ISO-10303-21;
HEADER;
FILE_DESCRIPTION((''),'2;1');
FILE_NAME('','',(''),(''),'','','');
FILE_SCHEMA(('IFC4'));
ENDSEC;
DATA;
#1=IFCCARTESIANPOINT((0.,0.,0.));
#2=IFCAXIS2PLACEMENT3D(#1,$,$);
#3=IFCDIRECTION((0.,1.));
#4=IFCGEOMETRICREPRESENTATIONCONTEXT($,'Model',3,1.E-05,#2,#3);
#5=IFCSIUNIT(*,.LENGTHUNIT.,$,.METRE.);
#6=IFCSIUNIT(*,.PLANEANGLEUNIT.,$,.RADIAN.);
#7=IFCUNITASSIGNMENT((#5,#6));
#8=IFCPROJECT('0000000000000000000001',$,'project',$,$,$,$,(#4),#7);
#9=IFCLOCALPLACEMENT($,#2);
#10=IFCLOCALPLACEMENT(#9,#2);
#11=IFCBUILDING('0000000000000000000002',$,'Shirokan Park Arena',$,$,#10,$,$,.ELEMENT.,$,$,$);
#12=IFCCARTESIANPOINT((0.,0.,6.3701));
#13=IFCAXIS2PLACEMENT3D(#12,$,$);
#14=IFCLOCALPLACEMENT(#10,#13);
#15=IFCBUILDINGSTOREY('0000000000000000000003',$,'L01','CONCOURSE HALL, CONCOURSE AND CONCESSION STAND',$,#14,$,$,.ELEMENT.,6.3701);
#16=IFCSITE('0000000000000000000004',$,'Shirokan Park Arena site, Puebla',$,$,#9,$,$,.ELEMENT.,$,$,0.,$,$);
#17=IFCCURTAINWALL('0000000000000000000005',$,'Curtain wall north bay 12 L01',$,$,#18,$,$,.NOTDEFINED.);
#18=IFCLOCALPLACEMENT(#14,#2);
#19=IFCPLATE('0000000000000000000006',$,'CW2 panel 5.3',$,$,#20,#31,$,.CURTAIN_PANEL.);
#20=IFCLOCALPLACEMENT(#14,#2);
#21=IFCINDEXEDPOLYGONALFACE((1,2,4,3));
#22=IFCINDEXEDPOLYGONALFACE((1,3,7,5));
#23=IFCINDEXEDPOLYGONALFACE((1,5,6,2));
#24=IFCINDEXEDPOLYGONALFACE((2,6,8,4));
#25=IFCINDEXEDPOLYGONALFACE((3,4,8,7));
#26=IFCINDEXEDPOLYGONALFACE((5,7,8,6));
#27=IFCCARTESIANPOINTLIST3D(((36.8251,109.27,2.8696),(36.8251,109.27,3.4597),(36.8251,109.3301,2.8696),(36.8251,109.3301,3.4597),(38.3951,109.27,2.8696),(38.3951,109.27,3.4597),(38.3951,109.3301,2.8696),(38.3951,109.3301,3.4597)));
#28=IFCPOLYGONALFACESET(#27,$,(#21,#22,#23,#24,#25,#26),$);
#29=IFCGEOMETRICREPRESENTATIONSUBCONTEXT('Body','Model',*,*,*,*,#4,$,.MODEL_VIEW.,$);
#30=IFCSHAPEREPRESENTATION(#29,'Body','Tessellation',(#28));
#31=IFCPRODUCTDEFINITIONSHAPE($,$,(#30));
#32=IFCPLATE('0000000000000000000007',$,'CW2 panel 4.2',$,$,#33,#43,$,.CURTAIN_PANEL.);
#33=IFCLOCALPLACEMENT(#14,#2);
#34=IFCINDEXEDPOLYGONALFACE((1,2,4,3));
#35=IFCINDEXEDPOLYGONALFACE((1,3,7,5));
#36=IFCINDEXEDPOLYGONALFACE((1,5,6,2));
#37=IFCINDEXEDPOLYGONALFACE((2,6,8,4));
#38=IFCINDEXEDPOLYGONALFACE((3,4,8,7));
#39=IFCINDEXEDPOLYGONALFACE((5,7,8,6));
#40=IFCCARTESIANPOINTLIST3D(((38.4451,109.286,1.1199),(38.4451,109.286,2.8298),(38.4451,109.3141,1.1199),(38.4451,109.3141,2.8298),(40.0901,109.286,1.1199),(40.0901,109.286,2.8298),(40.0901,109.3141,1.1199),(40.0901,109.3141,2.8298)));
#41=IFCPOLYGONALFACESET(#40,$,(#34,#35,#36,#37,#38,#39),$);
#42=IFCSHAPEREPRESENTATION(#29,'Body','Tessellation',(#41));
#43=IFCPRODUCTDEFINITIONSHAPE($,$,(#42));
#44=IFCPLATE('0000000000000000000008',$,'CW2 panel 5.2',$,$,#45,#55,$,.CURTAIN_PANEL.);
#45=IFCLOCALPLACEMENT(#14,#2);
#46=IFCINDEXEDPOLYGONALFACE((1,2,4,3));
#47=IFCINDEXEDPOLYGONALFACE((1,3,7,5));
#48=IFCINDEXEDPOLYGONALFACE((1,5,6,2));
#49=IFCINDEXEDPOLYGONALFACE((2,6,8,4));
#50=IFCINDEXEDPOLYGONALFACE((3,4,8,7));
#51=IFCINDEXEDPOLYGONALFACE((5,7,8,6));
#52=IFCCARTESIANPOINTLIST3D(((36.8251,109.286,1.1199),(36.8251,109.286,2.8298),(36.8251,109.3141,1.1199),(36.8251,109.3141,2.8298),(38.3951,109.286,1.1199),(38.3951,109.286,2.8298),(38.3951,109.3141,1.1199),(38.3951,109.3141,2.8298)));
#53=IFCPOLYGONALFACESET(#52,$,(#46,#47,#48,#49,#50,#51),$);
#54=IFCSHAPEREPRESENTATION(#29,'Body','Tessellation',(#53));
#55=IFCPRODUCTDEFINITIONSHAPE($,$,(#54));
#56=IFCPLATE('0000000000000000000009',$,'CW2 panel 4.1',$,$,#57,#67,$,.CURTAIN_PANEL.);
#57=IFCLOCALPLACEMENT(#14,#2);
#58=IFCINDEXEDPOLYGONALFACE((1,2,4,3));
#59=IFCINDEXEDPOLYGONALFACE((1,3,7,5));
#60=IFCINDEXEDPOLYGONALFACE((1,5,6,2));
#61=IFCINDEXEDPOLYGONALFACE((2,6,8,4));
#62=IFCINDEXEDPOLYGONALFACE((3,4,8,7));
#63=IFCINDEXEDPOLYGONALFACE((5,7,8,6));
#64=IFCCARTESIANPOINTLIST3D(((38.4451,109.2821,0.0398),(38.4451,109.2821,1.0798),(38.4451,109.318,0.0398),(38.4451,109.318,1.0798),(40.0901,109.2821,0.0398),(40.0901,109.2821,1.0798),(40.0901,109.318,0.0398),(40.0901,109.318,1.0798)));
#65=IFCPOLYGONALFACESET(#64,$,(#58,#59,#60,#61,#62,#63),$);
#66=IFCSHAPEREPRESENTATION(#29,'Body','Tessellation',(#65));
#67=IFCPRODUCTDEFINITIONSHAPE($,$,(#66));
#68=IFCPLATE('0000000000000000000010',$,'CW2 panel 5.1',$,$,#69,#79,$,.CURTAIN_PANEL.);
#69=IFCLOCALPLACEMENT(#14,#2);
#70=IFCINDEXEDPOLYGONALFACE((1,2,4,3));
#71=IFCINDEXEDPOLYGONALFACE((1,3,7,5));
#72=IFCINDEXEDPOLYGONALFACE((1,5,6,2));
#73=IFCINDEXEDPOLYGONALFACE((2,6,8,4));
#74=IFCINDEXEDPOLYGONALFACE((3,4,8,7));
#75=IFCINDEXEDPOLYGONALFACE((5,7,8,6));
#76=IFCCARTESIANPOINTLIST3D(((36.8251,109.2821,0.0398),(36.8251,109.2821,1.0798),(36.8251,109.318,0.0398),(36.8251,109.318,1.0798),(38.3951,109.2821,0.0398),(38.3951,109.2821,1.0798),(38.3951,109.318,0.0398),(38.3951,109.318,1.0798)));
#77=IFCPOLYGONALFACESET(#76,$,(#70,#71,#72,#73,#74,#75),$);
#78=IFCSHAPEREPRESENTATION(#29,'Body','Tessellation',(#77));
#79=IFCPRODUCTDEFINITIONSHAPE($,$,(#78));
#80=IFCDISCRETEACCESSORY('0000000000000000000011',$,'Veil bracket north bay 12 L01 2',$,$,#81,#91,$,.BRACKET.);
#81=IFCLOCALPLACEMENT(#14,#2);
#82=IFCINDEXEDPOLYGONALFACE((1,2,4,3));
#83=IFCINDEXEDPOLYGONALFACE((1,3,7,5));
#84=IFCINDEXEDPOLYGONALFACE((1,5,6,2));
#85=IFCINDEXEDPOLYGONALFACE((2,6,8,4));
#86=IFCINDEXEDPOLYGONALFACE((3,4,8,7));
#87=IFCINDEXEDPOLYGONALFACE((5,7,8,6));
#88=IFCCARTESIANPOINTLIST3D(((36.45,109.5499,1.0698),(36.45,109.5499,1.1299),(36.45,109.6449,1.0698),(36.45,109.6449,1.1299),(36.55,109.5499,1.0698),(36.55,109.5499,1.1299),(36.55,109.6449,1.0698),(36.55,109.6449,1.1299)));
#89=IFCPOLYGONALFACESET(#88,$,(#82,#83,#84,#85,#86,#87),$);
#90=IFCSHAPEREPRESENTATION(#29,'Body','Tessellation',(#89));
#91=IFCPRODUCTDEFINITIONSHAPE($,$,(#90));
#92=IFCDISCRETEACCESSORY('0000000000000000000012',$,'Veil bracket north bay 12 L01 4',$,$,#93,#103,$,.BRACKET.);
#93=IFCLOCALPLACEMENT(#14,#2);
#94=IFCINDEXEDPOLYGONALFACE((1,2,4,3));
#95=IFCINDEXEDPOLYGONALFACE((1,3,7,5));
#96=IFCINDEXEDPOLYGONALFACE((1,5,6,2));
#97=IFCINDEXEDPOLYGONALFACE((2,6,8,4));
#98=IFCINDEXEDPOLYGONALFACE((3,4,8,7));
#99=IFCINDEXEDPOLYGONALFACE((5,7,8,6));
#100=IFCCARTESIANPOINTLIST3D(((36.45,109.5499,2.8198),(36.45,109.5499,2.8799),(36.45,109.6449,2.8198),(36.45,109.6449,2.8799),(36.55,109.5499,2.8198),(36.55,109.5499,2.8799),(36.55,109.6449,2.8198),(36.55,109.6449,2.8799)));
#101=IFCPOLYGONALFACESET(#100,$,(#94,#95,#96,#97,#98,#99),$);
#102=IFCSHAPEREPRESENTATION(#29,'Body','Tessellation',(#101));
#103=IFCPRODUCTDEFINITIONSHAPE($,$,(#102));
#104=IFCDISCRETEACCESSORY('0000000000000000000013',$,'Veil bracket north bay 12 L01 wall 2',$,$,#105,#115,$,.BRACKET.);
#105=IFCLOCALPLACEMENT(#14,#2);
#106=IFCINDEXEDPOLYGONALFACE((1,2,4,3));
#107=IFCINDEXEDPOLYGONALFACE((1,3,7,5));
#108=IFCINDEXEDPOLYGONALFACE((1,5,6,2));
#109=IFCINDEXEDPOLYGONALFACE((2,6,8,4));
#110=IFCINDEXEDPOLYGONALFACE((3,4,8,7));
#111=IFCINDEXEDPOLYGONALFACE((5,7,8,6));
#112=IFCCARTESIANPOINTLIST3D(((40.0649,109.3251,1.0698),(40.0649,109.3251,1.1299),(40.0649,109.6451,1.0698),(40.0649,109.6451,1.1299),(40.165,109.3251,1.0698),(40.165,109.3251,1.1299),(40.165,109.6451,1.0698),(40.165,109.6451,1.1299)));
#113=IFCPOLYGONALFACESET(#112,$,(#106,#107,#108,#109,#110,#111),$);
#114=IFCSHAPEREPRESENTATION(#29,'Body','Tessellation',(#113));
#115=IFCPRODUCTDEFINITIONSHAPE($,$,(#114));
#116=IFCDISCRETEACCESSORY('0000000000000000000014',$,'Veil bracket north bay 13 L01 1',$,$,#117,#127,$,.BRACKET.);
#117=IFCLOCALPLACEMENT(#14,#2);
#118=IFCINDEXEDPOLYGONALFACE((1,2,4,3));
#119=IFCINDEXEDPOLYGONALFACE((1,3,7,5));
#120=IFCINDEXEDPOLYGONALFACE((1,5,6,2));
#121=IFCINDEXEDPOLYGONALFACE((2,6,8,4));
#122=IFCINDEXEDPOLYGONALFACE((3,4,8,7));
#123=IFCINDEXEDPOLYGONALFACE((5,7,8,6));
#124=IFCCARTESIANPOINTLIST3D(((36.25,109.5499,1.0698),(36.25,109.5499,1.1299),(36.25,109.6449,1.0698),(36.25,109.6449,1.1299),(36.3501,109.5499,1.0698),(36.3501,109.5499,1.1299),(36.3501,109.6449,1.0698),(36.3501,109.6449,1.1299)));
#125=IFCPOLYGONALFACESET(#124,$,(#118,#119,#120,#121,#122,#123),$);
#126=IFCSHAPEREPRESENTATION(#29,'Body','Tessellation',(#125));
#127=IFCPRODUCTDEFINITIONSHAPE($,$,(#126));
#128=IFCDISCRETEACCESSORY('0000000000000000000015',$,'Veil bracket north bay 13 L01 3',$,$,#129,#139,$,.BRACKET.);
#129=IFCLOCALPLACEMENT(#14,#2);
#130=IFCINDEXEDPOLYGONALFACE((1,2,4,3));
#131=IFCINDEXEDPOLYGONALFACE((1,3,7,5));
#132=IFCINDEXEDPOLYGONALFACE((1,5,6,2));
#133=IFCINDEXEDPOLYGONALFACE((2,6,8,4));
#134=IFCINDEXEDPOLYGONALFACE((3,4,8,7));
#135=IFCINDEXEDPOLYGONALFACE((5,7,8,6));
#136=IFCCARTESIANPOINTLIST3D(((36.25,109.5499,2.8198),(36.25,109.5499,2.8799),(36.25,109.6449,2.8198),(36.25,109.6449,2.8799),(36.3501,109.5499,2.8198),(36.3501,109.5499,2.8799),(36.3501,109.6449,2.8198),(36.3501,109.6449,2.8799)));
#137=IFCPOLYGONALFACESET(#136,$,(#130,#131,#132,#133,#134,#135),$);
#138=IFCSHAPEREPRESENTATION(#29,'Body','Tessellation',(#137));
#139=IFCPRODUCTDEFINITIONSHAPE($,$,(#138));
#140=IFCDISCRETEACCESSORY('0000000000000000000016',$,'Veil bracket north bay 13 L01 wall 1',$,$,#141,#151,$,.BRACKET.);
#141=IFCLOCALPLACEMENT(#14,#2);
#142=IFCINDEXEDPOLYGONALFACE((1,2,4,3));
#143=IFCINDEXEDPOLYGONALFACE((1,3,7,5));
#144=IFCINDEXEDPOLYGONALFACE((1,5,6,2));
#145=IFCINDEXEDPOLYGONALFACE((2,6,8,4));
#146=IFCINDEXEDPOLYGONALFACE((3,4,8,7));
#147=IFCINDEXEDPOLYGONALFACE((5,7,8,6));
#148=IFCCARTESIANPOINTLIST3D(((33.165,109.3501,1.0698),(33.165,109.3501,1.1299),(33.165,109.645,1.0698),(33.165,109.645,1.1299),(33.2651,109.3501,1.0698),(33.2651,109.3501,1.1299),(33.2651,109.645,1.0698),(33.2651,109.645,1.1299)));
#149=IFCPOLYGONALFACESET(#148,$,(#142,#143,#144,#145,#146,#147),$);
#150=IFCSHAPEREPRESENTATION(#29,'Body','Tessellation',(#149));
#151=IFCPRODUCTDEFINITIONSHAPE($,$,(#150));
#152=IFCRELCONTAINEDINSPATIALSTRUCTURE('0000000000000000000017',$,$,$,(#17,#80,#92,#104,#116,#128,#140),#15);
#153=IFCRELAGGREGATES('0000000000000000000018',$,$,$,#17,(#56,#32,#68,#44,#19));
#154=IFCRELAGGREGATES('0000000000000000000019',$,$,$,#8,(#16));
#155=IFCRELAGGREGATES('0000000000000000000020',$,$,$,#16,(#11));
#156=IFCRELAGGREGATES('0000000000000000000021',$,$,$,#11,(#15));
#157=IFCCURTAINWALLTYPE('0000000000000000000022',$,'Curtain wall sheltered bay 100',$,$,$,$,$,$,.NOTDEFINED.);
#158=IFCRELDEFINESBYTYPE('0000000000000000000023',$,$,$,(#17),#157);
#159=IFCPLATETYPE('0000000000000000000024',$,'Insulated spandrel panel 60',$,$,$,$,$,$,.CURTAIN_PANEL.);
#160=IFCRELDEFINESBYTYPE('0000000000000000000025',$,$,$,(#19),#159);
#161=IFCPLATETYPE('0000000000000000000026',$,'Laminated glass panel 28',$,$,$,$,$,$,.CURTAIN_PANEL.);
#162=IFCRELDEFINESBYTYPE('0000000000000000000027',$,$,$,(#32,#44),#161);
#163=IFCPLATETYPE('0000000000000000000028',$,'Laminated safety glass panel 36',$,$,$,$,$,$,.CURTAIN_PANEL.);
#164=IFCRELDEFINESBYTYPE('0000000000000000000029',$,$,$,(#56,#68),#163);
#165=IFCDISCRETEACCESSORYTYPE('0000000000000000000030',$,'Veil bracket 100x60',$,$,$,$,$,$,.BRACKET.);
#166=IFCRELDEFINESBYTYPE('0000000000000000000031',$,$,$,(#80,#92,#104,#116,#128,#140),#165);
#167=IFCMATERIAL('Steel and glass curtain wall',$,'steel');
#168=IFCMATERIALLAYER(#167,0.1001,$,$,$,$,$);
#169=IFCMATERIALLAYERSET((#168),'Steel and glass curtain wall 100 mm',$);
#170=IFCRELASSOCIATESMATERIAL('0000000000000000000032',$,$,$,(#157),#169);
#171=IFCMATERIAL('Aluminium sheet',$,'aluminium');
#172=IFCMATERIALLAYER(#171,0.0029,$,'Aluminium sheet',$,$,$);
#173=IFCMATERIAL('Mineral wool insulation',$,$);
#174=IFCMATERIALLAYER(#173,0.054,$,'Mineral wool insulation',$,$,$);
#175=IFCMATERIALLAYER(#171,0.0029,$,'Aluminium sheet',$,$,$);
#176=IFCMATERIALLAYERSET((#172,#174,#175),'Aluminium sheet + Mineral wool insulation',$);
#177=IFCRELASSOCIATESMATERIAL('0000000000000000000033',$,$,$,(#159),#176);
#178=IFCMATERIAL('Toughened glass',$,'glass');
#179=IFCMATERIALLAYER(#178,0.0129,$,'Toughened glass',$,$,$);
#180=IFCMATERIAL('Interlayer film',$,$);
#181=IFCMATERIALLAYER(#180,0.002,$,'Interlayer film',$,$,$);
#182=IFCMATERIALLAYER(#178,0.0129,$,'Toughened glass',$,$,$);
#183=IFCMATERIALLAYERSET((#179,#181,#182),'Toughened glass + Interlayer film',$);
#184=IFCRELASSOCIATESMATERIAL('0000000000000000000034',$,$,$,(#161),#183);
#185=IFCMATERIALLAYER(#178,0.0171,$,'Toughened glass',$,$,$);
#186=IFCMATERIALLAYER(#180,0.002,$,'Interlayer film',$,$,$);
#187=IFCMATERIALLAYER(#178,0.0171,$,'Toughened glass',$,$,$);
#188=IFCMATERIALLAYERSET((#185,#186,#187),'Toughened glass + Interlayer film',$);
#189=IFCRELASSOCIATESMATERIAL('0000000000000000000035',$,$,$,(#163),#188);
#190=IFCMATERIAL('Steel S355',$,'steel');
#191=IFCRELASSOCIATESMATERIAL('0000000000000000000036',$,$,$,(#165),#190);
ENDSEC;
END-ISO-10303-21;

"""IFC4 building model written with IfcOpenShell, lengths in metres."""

from ifc_helpers import new_model, si_unit, direction, frame, origin, origin_2d, place, context, subcontext, project, spatial, rectangle, extrude, material, layer, layer_set, type_object, element, aggregate, save


model = new_model("IFC4")

# Units and contexts
model_context = context("Model", 3, precision=1e-05, world=origin(), true_north=direction((0.0, 1.0)))
body_context = subcontext(model_context, "Body", "Model", "MODEL_VIEW")
ifc_project = project(units=[si_unit("LENGTHUNIT", "METRE"), si_unit("PLANEANGLEUNIT", "RADIAN")], contexts=[model_context])

# Site, building, storey
site_placement = place(None, origin())
site = spatial("IfcSite", under=ifc_project, at=site_placement, Name="Shirokan Park Arena site, Puebla", CompositionType="ELEMENT", RefElevation=0.0)
building_placement = place(site_placement, origin())
building = spatial("IfcBuilding", under=site, at=building_placement, Name="Shirokan Park Arena", CompositionType="ELEMENT")
storey_placement = place(building_placement, frame((0.0, 0.0, 6.3701)))
storey = spatial("IfcBuildingStorey", under=building, at=storey_placement, Name="L01", Description="CONCOURSE HALL, CONCOURSE AND CONCESSION STAND", CompositionType="ELEMENT", Elevation=6.3701)

# Curtain wall, plates
ifc_material_1 = material(Name="Steel and glass curtain wall", Category="steel")
ifc_layer_1 = layer(ifc_material_1, 0.1001)
ifc_layer_set_1 = layer_set([ifc_layer_1], Name="Steel and glass curtain wall 100 mm")
curtain_wall_type = type_object("IfcCurtainWallType", Name="Curtain wall sheltered bay 100", PredefinedType="NOTDEFINED", material=ifc_layer_set_1)
curtain_wall_placement = place(storey_placement, origin())
curtain_wall = element("IfcCurtainWall", 1, at=curtain_wall_placement, inside=storey, type_object=curtain_wall_type, Name="Curtain wall north bay 12 L01", PredefinedType="NOTDEFINED")
ifc_material_2 = material(Name="Steel S355", Category="steel")
ifc_material_3 = material(Name="Aluminium sheet", Category="aluminium")
ifc_layer_2 = layer(ifc_material_3, 0.0029, Name="Aluminium sheet")
ifc_material_4 = material(Name="Mineral wool insulation")
ifc_layer_3 = layer(ifc_material_4, 0.054, Name="Mineral wool insulation")
ifc_layer_4 = layer(ifc_material_3, 0.0029, Name="Aluminium sheet")
ifc_layer_set_2 = layer_set([ifc_layer_2, ifc_layer_3, ifc_layer_4], Name="Aluminium sheet + Mineral wool insulation")
plate_type_1 = type_object("IfcPlateType", Name="Insulated spandrel panel 60", PredefinedType="CURTAIN_PANEL", material=ifc_layer_set_2)
plate_1_placement = place(storey_placement, frame((37.6101, 109.3, 2.8696), z_axis=(0.0, 0.0, 1.0), x_axis=(-1.0, 0.0, 0.0)))
plate_1 = element("IfcPlate", 2, at=plate_1_placement, type_object=plate_type_1, Name="CW2 panel 5.3", PredefinedType="CURTAIN_PANEL", context=body_context, shape_type="SweptSolid", body=[
    extrude(rectangle(XDim=1.5701, YDim=0.0601, at=origin_2d()), origin(), (0.0, 0.0, 1.0), 0.5901),
])
ifc_material_5 = material(Name="Toughened glass", Category="glass")
ifc_layer_5 = layer(ifc_material_5, 0.0129, Name="Toughened glass")
ifc_material_6 = material(Name="Interlayer film")
ifc_layer_6 = layer(ifc_material_6, 0.002, Name="Interlayer film")
ifc_layer_7 = layer(ifc_material_5, 0.0129, Name="Toughened glass")
ifc_layer_set_3 = layer_set([ifc_layer_5, ifc_layer_6, ifc_layer_7], Name="Toughened glass + Interlayer film")
plate_type_2 = type_object("IfcPlateType", Name="Laminated glass panel 28", PredefinedType="CURTAIN_PANEL", material=ifc_layer_set_3)
plate_2_placement = place(storey_placement, frame((39.2676, 109.3, 1.1199), z_axis=(0.0, 0.0, 1.0), x_axis=(-1.0, 0.0, 0.0)))
plate_2 = element("IfcPlate", 3, at=plate_2_placement, type_object=plate_type_2, Name="CW2 panel 4.2", PredefinedType="CURTAIN_PANEL", context=body_context, shape_type="SweptSolid", body=[
    extrude(rectangle(XDim=1.645, YDim=0.0281, at=origin_2d()), origin(), (0.0, 0.0, 1.0), 1.71),
])
plate_3_placement = place(storey_placement, frame((37.6101, 109.3, 1.1199), z_axis=(0.0, 0.0, 1.0), x_axis=(-1.0, 0.0, 0.0)))
plate_3 = element("IfcPlate", 4, at=plate_3_placement, type_object=plate_type_2, Name="CW2 panel 5.2", PredefinedType="CURTAIN_PANEL", context=body_context, shape_type="SweptSolid", body=[
    extrude(rectangle(XDim=1.5701, YDim=0.0281, at=origin_2d()), origin(), (0.0, 0.0, 1.0), 1.71),
])
ifc_layer_8 = layer(ifc_material_5, 0.0171, Name="Toughened glass")
ifc_layer_9 = layer(ifc_material_6, 0.002, Name="Interlayer film")
ifc_layer_10 = layer(ifc_material_5, 0.0171, Name="Toughened glass")
ifc_layer_set_4 = layer_set([ifc_layer_8, ifc_layer_9, ifc_layer_10], Name="Toughened glass + Interlayer film")
plate_type_3 = type_object("IfcPlateType", Name="Laminated safety glass panel 36", PredefinedType="CURTAIN_PANEL", material=ifc_layer_set_4)
plate_4_placement = place(storey_placement, frame((39.2676, 109.3, 0.0398), z_axis=(0.0, 0.0, 1.0), x_axis=(-1.0, 0.0, 0.0)))
plate_4 = element("IfcPlate", 5, at=plate_4_placement, type_object=plate_type_3, Name="CW2 panel 4.1", PredefinedType="CURTAIN_PANEL", context=body_context, shape_type="SweptSolid", body=[
    extrude(rectangle(XDim=1.645, YDim=0.0359, at=origin_2d()), origin(), (0.0, 0.0, 1.0), 1.04),
])
plate_5_placement = place(storey_placement, frame((37.6101, 109.3, 0.0398), z_axis=(0.0, 0.0, 1.0), x_axis=(-1.0, 0.0, 0.0)))
plate_5 = element("IfcPlate", 6, at=plate_5_placement, type_object=plate_type_3, Name="CW2 panel 5.1", PredefinedType="CURTAIN_PANEL", context=body_context, shape_type="SweptSolid", body=[
    extrude(rectangle(XDim=1.5701, YDim=0.0359, at=origin_2d()), origin(), (0.0, 0.0, 1.0), 1.04),
])
aggregate(curtain_wall, [plate_4, plate_2, plate_5, plate_3, plate_1])

# Discrete accessories
discrete_accessory_type = type_object("IfcDiscreteAccessoryType", Name="Veil bracket 100x60", PredefinedType="BRACKET", material=ifc_material_2)
for number, where, z_axis, x_axis, name in (
    (7, (36.5, 109.5974, 1.0698), (0.0, 0.0, 1.0), (-1.0, 0.0, 0.0), "Veil bracket north bay 12 L01 2"),
    (8, (36.5, 109.5974, 2.8198), (0.0, 0.0, 1.0), (-1.0, 0.0, 0.0), "Veil bracket north bay 12 L01 4"),
):
    element("IfcDiscreteAccessory", number, at=place(storey_placement, frame(where, z_axis=z_axis, x_axis=x_axis)), inside=storey, type_object=discrete_accessory_type, Name=name, PredefinedType="BRACKET", context=body_context, shape_type="SweptSolid", body=[
        extrude(rectangle(XDim=0.1001, YDim=0.095, at=origin_2d()), origin(), (0.0, 0.0, 1.0), 0.0601),
    ])
discrete_accessory_1_placement = place(storey_placement, frame((40.115, 109.4851, 1.0698), z_axis=(0.0, 0.0, 1.0), x_axis=(-1.0, 0.0, 0.0)))
element("IfcDiscreteAccessory", 9, at=discrete_accessory_1_placement, inside=storey, type_object=discrete_accessory_type, Name="Veil bracket north bay 12 L01 wall 2", PredefinedType="BRACKET", context=body_context, shape_type="SweptSolid", body=[
    extrude(rectangle(XDim=0.1001, YDim=0.3201, at=origin_2d()), origin(), (0.0, 0.0, 1.0), 0.0601),
])
for number, where, z_axis, x_axis, name in (
    (10, (36.3, 109.5974, 1.0698), (0.0, 0.0, 1.0), (-1.0, 0.0, 0.0), "Veil bracket north bay 13 L01 1"),
    (11, (36.3, 109.5974, 2.8198), (0.0, 0.0, 1.0), (-1.0, 0.0, 0.0), "Veil bracket north bay 13 L01 3"),
):
    element("IfcDiscreteAccessory", number, at=place(storey_placement, frame(where, z_axis=z_axis, x_axis=x_axis)), inside=storey, type_object=discrete_accessory_type, Name=name, PredefinedType="BRACKET", context=body_context, shape_type="SweptSolid", body=[
        extrude(rectangle(XDim=0.1001, YDim=0.095, at=origin_2d()), origin(), (0.0, 0.0, 1.0), 0.0601),
    ])
discrete_accessory_2_placement = place(storey_placement, frame((33.2151, 109.4976, 1.0698), z_axis=(0.0, 0.0, 1.0), x_axis=(-1.0, 0.0, 0.0)))
element("IfcDiscreteAccessory", 12, at=discrete_accessory_2_placement, inside=storey, type_object=discrete_accessory_type, Name="Veil bracket north bay 13 L01 wall 1", PredefinedType="BRACKET", context=body_context, shape_type="SweptSolid", body=[
    extrude(rectangle(XDim=0.1001, YDim=0.2949, at=origin_2d()), origin(), (0.0, 0.0, 1.0), 0.0601),
])

save(model, "model.ifc")
